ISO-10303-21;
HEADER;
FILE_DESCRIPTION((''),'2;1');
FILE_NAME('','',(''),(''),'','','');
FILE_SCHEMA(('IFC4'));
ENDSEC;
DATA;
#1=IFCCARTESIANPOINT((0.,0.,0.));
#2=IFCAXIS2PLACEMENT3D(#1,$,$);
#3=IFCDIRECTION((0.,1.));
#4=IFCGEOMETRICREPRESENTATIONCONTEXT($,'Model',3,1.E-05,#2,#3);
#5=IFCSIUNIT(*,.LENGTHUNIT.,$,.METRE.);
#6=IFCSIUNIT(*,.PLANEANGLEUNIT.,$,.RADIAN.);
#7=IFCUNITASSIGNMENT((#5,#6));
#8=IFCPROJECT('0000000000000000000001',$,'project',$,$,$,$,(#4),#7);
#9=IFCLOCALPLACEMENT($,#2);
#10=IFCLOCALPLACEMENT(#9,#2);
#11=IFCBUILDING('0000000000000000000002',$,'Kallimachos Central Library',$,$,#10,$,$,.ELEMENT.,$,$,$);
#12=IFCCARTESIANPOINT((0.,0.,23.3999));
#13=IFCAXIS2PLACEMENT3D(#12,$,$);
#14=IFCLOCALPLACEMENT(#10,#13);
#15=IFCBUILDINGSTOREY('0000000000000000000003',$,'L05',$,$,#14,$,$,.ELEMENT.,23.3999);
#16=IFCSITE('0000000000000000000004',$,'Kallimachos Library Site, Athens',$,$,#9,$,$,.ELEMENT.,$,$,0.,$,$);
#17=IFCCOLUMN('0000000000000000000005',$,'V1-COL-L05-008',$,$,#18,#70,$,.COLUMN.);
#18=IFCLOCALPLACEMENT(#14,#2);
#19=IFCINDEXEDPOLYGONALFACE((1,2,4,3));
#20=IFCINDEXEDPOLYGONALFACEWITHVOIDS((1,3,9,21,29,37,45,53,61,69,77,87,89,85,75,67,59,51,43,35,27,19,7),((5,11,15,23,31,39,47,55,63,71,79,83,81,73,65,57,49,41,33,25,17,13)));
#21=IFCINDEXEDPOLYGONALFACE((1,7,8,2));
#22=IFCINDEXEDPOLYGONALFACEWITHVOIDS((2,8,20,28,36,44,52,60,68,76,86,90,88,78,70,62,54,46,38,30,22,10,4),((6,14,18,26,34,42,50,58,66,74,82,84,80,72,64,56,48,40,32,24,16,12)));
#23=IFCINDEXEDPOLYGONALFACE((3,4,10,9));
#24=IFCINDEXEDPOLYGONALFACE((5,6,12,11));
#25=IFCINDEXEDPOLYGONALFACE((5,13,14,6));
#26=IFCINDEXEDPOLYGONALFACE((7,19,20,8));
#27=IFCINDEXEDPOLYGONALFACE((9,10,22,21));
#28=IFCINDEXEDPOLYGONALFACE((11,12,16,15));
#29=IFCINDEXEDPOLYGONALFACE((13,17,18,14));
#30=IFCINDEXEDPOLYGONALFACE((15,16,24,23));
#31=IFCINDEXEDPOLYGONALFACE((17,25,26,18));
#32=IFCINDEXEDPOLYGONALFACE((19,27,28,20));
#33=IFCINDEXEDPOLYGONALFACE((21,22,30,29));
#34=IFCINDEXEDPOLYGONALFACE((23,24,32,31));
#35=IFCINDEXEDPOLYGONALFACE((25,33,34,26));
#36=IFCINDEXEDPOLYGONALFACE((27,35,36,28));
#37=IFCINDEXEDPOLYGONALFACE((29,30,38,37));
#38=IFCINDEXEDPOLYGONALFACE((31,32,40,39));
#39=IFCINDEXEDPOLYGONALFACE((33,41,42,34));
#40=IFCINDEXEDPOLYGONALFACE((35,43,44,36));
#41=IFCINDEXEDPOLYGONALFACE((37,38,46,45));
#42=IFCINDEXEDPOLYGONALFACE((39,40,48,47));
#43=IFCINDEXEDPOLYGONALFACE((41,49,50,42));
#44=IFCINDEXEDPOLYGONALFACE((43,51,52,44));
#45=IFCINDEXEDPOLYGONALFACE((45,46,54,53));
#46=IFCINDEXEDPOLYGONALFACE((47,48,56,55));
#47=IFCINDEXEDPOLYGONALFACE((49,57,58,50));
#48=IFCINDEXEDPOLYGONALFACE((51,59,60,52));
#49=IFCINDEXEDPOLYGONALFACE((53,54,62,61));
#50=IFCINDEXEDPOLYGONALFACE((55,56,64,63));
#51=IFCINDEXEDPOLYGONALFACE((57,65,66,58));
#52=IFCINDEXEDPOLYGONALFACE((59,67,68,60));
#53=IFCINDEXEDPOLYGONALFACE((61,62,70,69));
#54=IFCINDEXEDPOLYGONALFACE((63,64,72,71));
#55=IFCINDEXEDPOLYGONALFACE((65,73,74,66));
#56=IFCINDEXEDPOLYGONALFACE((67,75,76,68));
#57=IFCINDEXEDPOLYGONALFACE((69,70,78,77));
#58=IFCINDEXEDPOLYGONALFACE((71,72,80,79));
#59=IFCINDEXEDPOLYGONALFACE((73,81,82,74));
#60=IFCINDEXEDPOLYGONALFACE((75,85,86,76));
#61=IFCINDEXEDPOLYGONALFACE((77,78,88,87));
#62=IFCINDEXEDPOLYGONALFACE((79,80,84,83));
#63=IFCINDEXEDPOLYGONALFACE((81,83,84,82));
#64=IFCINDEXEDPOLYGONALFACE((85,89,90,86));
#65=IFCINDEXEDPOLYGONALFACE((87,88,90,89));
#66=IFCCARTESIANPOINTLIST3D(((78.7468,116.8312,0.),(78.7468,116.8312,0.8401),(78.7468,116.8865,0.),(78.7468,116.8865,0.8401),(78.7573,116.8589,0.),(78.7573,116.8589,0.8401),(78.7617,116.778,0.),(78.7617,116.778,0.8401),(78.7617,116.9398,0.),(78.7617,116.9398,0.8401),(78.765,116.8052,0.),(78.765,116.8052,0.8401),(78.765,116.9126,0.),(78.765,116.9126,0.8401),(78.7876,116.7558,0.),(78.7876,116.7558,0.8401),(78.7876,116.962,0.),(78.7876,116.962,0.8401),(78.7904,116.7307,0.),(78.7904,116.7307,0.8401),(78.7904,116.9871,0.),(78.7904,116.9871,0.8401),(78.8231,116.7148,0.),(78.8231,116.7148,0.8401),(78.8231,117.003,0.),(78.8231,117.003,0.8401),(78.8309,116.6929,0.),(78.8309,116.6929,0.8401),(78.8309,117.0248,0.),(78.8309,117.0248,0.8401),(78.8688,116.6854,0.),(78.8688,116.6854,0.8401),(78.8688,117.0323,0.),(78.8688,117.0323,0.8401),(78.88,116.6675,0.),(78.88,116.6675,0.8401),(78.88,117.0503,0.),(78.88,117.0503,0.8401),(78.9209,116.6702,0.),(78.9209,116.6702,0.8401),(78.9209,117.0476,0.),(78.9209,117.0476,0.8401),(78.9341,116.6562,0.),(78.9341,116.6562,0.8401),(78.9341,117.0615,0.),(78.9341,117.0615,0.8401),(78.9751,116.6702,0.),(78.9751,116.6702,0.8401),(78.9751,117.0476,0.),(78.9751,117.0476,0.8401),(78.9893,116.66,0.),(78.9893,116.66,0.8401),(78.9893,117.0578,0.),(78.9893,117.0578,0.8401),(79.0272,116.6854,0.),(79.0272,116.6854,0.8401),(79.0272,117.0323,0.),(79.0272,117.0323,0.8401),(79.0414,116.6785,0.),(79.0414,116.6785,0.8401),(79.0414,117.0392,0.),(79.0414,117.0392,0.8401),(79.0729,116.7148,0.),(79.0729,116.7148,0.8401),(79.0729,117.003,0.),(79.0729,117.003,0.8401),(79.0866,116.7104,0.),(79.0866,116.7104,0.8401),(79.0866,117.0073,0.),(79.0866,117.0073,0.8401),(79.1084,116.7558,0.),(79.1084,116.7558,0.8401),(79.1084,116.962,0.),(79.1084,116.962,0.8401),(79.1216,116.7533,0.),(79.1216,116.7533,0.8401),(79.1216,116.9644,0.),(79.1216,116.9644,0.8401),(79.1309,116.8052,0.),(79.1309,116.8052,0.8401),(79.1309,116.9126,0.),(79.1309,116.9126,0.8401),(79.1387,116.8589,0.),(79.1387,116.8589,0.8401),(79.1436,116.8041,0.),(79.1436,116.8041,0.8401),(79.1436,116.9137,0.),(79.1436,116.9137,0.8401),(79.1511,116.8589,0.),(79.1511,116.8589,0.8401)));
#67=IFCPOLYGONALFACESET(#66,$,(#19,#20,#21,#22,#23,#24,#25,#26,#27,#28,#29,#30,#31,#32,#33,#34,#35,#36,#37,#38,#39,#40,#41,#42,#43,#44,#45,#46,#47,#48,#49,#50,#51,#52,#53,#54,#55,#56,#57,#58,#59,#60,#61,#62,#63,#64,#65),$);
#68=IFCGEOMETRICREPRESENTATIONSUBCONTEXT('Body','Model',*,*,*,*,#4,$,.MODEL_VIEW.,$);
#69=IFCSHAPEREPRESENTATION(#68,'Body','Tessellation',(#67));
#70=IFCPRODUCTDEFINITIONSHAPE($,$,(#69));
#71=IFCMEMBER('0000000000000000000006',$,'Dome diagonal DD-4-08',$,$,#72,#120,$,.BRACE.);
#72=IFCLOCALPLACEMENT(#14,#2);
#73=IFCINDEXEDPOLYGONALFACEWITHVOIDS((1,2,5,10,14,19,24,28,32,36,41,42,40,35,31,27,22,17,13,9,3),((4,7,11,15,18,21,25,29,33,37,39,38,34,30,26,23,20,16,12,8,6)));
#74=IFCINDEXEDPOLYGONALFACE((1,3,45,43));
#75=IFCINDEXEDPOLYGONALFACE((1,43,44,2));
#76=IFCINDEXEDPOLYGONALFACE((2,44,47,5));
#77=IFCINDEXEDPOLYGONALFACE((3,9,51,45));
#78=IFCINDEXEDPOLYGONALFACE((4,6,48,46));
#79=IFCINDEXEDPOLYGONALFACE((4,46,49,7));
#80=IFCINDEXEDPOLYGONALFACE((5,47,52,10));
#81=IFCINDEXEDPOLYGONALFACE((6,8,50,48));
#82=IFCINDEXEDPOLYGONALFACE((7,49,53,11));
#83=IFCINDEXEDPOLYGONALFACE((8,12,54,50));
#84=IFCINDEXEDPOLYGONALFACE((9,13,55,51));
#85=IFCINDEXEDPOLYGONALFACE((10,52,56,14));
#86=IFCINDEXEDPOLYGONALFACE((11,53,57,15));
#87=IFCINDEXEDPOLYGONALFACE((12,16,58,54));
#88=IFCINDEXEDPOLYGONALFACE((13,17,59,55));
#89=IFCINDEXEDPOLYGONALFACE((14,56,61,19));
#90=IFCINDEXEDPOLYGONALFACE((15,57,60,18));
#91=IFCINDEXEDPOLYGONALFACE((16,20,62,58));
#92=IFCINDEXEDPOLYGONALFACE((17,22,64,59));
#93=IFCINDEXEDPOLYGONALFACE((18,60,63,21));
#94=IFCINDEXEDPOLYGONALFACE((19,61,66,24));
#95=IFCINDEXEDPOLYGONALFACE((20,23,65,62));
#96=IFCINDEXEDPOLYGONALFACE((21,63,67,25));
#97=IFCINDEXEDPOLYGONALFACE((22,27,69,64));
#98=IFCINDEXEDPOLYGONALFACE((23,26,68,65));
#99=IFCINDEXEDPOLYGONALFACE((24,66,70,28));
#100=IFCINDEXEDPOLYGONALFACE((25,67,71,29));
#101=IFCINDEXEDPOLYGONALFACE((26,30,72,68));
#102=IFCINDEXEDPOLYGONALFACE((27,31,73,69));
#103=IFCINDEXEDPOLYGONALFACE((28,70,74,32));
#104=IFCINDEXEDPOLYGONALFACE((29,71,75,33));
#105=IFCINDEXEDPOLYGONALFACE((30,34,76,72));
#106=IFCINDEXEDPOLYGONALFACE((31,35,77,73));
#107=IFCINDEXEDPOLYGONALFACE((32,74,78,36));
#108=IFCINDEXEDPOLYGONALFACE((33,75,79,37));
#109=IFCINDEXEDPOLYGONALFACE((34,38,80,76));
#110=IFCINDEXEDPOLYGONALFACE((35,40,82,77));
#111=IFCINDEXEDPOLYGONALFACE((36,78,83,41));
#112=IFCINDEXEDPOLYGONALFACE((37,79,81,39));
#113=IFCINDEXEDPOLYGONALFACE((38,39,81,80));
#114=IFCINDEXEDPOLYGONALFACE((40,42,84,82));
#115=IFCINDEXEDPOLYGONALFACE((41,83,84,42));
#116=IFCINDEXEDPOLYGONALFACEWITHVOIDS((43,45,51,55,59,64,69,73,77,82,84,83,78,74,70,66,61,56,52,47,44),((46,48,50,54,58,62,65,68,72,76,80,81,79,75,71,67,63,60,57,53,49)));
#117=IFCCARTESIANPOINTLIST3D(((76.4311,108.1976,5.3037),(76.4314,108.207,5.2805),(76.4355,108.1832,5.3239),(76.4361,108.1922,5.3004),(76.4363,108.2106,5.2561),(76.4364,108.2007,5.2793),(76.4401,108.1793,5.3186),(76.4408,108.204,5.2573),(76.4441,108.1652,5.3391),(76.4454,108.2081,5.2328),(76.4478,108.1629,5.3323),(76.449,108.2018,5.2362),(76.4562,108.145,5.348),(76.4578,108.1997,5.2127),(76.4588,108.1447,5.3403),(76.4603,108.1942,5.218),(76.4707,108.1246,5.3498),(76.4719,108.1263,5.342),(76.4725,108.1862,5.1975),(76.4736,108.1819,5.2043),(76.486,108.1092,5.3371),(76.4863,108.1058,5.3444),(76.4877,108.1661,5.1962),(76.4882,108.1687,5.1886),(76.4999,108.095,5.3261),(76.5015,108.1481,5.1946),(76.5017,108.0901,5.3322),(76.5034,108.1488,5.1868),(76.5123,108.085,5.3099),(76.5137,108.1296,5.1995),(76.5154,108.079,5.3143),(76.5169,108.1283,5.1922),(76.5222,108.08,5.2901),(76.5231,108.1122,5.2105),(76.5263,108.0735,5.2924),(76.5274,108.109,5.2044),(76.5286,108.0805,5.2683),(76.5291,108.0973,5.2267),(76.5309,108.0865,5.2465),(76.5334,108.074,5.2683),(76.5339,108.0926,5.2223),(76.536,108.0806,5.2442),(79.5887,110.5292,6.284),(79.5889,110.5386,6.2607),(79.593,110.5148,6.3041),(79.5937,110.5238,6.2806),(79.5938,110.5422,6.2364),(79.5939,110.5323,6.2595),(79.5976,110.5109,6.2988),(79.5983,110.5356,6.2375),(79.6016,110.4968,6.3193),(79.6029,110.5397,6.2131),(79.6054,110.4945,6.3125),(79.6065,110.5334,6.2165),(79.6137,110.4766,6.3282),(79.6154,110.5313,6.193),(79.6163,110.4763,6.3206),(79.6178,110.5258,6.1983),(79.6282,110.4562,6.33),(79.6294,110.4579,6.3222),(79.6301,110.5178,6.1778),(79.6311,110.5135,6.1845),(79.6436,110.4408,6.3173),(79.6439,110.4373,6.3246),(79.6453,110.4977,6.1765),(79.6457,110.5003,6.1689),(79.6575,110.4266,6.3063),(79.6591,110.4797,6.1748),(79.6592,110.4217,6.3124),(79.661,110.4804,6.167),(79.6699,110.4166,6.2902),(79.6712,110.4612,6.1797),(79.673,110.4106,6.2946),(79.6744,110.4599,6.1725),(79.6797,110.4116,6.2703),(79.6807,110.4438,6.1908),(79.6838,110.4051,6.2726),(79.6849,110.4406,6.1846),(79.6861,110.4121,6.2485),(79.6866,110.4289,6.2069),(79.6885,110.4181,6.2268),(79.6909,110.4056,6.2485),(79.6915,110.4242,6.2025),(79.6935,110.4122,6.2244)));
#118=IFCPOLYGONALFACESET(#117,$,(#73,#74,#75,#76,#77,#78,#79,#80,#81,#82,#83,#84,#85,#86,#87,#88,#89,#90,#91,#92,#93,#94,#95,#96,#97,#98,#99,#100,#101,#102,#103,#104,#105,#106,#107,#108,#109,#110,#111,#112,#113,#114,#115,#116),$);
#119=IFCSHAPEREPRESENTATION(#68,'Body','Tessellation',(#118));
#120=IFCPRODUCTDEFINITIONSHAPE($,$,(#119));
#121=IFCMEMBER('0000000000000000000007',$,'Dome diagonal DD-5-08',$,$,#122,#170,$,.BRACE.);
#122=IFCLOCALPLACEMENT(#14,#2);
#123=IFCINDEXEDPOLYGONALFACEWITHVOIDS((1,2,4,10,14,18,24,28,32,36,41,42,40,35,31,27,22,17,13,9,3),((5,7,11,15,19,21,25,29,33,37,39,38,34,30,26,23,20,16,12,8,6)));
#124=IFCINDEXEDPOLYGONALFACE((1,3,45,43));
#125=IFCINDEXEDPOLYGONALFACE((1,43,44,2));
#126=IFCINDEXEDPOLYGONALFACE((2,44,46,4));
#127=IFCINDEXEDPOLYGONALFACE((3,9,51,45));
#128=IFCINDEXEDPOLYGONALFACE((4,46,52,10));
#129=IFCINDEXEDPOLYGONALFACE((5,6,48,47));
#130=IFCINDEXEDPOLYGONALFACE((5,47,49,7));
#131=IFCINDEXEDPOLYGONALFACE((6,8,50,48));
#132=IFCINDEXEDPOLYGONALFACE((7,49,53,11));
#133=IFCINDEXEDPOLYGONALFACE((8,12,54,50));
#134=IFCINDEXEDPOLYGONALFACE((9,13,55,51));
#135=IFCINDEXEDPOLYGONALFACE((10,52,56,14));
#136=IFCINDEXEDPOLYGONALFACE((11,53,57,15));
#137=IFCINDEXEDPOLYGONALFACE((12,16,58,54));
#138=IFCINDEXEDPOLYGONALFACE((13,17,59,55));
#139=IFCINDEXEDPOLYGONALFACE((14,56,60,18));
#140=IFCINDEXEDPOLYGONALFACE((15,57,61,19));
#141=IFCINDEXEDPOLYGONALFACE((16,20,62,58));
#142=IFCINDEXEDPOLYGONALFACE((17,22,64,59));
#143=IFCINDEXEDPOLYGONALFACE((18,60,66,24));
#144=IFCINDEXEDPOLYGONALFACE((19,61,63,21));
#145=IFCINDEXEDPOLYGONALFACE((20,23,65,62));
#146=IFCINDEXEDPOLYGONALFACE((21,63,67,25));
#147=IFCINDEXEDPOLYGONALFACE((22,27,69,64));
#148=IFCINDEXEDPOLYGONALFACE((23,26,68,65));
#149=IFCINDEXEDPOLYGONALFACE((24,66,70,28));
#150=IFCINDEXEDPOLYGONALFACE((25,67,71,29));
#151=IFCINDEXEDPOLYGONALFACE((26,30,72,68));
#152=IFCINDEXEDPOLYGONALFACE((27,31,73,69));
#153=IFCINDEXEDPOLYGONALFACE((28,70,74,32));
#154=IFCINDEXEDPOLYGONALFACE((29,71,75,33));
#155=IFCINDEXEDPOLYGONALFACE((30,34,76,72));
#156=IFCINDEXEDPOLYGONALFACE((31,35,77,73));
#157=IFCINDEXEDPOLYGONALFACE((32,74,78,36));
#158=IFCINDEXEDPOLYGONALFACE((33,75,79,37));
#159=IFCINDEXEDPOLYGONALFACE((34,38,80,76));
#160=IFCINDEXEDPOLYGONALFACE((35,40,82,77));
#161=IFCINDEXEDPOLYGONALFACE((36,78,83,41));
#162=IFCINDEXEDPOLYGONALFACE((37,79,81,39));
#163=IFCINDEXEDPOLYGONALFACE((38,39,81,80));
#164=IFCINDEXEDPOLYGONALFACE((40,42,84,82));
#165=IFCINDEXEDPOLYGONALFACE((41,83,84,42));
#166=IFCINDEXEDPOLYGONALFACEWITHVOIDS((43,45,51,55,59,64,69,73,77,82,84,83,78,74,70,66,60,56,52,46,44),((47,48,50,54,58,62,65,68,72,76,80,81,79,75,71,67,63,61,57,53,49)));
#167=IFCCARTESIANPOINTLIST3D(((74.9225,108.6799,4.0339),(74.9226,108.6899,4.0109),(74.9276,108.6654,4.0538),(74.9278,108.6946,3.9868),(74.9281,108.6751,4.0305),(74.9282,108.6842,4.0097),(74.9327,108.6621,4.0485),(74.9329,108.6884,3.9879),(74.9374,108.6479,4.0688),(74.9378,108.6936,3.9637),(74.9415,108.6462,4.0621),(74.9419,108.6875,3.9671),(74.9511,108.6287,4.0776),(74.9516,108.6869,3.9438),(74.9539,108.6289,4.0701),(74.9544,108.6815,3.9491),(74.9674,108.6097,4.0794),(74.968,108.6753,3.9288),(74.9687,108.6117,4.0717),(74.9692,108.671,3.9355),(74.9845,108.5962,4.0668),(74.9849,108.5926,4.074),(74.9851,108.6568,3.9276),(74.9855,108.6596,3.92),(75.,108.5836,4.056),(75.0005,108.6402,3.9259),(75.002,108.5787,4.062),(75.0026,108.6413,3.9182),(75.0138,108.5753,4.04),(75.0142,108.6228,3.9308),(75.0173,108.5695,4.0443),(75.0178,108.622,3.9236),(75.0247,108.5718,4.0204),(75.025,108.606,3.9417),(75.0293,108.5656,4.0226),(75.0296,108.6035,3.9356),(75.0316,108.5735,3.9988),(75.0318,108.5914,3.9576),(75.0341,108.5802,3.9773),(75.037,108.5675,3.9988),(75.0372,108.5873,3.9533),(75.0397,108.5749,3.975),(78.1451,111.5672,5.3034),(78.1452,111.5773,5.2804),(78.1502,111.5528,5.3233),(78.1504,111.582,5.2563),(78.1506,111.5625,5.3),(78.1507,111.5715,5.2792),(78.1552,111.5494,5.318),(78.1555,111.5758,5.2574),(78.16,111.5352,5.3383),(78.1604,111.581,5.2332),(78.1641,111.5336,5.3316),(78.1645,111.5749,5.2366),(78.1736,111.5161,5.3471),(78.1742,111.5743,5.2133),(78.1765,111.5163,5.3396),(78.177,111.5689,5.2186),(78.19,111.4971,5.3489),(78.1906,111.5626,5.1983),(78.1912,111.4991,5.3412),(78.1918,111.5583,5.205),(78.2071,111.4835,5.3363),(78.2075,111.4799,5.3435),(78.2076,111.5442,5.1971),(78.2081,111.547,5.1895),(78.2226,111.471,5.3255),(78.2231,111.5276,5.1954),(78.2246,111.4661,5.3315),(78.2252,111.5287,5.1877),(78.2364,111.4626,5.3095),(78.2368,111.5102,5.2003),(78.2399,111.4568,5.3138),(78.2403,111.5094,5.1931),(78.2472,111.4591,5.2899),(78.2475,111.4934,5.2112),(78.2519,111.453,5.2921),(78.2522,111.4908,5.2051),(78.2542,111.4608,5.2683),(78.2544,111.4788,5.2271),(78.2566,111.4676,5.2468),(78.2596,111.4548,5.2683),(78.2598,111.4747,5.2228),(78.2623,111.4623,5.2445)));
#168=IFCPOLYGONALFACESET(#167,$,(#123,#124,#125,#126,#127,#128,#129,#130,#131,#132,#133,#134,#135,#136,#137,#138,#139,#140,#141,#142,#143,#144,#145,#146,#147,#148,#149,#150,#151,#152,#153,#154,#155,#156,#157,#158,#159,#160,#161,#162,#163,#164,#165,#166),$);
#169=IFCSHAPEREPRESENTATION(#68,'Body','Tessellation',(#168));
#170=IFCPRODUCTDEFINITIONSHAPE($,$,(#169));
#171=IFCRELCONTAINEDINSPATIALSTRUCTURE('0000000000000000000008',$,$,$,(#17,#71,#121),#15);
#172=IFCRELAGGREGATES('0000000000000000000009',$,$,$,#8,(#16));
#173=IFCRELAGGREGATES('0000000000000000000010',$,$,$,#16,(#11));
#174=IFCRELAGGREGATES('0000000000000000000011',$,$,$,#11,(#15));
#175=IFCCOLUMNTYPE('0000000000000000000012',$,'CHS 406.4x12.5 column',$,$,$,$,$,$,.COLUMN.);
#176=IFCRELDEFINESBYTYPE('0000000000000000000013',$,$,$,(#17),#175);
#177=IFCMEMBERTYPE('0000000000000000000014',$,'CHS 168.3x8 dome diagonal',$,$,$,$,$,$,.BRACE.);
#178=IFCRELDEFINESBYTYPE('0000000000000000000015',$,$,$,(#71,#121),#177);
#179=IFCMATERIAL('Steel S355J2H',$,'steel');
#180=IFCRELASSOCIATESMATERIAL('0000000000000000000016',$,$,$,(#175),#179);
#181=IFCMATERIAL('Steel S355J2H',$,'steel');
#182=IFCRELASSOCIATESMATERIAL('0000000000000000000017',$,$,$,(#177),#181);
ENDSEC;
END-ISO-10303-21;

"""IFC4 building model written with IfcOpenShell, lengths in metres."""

from ifc_helpers import new_model, si_unit, direction, frame, origin, origin_2d, place, context, subcontext, project, spatial, hollow_circle, extrude, material, material_profile, profile_set, type_object, element, save


model = new_model("IFC4")

# Units and contexts
model_context = context("Model", 3, precision=1e-05, world=origin(), true_north=direction((0.0, 1.0)))
body_context = subcontext(model_context, "Body", "Model", "MODEL_VIEW")
ifc_project = project(units=[si_unit("LENGTHUNIT", "METRE"), si_unit("PLANEANGLEUNIT", "RADIAN")], contexts=[model_context])

# Site, building, storey
site_placement = place(None, origin())
site = spatial("IfcSite", under=ifc_project, at=site_placement, Name="Kallimachos Library Site, Athens", CompositionType="ELEMENT", RefElevation=0.0)
building_placement = place(site_placement, origin())
building = spatial("IfcBuilding", under=site, at=building_placement, Name="Kallimachos Central Library", CompositionType="ELEMENT")
storey_placement = place(building_placement, frame((0.0, 0.0, 23.3999)))
storey = spatial("IfcBuildingStorey", under=building, at=storey_placement, Name="L05", CompositionType="ELEMENT", Elevation=23.3999)

# Column
ifc_material_1 = material(Name="Steel S355J2H", Category="steel")
ifc_material_profile_1 = material_profile(ifc_material_1, hollow_circle(Radius=0.2031, WallThickness=0.0125, at=origin_2d()), Name="CHS 406.4x12.5")
ifc_profile_set_1 = profile_set([ifc_material_profile_1], Name="Steel S355J2H")
column_type = type_object("IfcColumnType", Name="CHS 406.4x12.5 column", PredefinedType="COLUMN", material=ifc_profile_set_1)
column_placement = place(storey_placement, frame((78.948, 116.8589, 0.0), z_axis=(0.0, 0.0, 1.0), x_axis=(1.0, 0.0, 0.0)))
element("IfcColumn", 1, at=column_placement, inside=storey, type_object=column_type, Name="V1-COL-L05-008", PredefinedType="COLUMN", context=body_context, shape_type="SweptSolid", body=[
    extrude(hollow_circle(Radius=0.2031, WallThickness=0.0125, at=origin_2d()), origin(), (0.0, 0.0, 1.0), 0.8401),
])

# Members
ifc_material_2 = material(Name="Steel S355J2H", Category="steel")
ifc_material_profile_2 = material_profile(ifc_material_2, hollow_circle(Radius=0.0842, WallThickness=0.0081, at=origin_2d()), Name="CHS 168.3x8")
ifc_profile_set_2 = profile_set([ifc_material_profile_2], Name="Steel S355J2H")
member_type_1 = type_object("IfcMemberType", Name="CHS 168.3x8 dome diagonal", PredefinedType="BRACE", material=ifc_profile_set_2)
member_1_placement = place(storey_placement, frame((79.6409, 110.4734, 6.2485), z_axis=(-0.780478, -0.576321, -0.242296), x_axis=(0.594022, -0.804449, 0.0)))
element("IfcMember", 2, at=member_1_placement, inside=storey, type_object=member_type_1, Name="Dome diagonal DD-4-08", PredefinedType="BRACE", context=body_context, shape_type="SweptSolid", body=[
    extrude(hollow_circle(Radius=0.0842, WallThickness=0.0081, at=origin_2d()), origin(), (0.0, 0.0, 1.0), 4.0457),
])
member_2_placement = place(storey_placement, frame((78.2034, 111.5176, 5.2683), z_axis=(-0.714655, -0.64032, -0.281531), x_axis=(0.667311, -0.744779, 0.0)))
element("IfcMember", 3, at=member_2_placement, inside=storey, type_object=member_type_1, Name="Dome diagonal DD-5-08", PredefinedType="BRACE", context=body_context, shape_type="SweptSolid", body=[
    extrude(hollow_circle(Radius=0.0842, WallThickness=0.0081, at=origin_2d()), origin(), (0.0, 0.0, 1.0), 4.5093),
])

save(model, "model.ifc")
